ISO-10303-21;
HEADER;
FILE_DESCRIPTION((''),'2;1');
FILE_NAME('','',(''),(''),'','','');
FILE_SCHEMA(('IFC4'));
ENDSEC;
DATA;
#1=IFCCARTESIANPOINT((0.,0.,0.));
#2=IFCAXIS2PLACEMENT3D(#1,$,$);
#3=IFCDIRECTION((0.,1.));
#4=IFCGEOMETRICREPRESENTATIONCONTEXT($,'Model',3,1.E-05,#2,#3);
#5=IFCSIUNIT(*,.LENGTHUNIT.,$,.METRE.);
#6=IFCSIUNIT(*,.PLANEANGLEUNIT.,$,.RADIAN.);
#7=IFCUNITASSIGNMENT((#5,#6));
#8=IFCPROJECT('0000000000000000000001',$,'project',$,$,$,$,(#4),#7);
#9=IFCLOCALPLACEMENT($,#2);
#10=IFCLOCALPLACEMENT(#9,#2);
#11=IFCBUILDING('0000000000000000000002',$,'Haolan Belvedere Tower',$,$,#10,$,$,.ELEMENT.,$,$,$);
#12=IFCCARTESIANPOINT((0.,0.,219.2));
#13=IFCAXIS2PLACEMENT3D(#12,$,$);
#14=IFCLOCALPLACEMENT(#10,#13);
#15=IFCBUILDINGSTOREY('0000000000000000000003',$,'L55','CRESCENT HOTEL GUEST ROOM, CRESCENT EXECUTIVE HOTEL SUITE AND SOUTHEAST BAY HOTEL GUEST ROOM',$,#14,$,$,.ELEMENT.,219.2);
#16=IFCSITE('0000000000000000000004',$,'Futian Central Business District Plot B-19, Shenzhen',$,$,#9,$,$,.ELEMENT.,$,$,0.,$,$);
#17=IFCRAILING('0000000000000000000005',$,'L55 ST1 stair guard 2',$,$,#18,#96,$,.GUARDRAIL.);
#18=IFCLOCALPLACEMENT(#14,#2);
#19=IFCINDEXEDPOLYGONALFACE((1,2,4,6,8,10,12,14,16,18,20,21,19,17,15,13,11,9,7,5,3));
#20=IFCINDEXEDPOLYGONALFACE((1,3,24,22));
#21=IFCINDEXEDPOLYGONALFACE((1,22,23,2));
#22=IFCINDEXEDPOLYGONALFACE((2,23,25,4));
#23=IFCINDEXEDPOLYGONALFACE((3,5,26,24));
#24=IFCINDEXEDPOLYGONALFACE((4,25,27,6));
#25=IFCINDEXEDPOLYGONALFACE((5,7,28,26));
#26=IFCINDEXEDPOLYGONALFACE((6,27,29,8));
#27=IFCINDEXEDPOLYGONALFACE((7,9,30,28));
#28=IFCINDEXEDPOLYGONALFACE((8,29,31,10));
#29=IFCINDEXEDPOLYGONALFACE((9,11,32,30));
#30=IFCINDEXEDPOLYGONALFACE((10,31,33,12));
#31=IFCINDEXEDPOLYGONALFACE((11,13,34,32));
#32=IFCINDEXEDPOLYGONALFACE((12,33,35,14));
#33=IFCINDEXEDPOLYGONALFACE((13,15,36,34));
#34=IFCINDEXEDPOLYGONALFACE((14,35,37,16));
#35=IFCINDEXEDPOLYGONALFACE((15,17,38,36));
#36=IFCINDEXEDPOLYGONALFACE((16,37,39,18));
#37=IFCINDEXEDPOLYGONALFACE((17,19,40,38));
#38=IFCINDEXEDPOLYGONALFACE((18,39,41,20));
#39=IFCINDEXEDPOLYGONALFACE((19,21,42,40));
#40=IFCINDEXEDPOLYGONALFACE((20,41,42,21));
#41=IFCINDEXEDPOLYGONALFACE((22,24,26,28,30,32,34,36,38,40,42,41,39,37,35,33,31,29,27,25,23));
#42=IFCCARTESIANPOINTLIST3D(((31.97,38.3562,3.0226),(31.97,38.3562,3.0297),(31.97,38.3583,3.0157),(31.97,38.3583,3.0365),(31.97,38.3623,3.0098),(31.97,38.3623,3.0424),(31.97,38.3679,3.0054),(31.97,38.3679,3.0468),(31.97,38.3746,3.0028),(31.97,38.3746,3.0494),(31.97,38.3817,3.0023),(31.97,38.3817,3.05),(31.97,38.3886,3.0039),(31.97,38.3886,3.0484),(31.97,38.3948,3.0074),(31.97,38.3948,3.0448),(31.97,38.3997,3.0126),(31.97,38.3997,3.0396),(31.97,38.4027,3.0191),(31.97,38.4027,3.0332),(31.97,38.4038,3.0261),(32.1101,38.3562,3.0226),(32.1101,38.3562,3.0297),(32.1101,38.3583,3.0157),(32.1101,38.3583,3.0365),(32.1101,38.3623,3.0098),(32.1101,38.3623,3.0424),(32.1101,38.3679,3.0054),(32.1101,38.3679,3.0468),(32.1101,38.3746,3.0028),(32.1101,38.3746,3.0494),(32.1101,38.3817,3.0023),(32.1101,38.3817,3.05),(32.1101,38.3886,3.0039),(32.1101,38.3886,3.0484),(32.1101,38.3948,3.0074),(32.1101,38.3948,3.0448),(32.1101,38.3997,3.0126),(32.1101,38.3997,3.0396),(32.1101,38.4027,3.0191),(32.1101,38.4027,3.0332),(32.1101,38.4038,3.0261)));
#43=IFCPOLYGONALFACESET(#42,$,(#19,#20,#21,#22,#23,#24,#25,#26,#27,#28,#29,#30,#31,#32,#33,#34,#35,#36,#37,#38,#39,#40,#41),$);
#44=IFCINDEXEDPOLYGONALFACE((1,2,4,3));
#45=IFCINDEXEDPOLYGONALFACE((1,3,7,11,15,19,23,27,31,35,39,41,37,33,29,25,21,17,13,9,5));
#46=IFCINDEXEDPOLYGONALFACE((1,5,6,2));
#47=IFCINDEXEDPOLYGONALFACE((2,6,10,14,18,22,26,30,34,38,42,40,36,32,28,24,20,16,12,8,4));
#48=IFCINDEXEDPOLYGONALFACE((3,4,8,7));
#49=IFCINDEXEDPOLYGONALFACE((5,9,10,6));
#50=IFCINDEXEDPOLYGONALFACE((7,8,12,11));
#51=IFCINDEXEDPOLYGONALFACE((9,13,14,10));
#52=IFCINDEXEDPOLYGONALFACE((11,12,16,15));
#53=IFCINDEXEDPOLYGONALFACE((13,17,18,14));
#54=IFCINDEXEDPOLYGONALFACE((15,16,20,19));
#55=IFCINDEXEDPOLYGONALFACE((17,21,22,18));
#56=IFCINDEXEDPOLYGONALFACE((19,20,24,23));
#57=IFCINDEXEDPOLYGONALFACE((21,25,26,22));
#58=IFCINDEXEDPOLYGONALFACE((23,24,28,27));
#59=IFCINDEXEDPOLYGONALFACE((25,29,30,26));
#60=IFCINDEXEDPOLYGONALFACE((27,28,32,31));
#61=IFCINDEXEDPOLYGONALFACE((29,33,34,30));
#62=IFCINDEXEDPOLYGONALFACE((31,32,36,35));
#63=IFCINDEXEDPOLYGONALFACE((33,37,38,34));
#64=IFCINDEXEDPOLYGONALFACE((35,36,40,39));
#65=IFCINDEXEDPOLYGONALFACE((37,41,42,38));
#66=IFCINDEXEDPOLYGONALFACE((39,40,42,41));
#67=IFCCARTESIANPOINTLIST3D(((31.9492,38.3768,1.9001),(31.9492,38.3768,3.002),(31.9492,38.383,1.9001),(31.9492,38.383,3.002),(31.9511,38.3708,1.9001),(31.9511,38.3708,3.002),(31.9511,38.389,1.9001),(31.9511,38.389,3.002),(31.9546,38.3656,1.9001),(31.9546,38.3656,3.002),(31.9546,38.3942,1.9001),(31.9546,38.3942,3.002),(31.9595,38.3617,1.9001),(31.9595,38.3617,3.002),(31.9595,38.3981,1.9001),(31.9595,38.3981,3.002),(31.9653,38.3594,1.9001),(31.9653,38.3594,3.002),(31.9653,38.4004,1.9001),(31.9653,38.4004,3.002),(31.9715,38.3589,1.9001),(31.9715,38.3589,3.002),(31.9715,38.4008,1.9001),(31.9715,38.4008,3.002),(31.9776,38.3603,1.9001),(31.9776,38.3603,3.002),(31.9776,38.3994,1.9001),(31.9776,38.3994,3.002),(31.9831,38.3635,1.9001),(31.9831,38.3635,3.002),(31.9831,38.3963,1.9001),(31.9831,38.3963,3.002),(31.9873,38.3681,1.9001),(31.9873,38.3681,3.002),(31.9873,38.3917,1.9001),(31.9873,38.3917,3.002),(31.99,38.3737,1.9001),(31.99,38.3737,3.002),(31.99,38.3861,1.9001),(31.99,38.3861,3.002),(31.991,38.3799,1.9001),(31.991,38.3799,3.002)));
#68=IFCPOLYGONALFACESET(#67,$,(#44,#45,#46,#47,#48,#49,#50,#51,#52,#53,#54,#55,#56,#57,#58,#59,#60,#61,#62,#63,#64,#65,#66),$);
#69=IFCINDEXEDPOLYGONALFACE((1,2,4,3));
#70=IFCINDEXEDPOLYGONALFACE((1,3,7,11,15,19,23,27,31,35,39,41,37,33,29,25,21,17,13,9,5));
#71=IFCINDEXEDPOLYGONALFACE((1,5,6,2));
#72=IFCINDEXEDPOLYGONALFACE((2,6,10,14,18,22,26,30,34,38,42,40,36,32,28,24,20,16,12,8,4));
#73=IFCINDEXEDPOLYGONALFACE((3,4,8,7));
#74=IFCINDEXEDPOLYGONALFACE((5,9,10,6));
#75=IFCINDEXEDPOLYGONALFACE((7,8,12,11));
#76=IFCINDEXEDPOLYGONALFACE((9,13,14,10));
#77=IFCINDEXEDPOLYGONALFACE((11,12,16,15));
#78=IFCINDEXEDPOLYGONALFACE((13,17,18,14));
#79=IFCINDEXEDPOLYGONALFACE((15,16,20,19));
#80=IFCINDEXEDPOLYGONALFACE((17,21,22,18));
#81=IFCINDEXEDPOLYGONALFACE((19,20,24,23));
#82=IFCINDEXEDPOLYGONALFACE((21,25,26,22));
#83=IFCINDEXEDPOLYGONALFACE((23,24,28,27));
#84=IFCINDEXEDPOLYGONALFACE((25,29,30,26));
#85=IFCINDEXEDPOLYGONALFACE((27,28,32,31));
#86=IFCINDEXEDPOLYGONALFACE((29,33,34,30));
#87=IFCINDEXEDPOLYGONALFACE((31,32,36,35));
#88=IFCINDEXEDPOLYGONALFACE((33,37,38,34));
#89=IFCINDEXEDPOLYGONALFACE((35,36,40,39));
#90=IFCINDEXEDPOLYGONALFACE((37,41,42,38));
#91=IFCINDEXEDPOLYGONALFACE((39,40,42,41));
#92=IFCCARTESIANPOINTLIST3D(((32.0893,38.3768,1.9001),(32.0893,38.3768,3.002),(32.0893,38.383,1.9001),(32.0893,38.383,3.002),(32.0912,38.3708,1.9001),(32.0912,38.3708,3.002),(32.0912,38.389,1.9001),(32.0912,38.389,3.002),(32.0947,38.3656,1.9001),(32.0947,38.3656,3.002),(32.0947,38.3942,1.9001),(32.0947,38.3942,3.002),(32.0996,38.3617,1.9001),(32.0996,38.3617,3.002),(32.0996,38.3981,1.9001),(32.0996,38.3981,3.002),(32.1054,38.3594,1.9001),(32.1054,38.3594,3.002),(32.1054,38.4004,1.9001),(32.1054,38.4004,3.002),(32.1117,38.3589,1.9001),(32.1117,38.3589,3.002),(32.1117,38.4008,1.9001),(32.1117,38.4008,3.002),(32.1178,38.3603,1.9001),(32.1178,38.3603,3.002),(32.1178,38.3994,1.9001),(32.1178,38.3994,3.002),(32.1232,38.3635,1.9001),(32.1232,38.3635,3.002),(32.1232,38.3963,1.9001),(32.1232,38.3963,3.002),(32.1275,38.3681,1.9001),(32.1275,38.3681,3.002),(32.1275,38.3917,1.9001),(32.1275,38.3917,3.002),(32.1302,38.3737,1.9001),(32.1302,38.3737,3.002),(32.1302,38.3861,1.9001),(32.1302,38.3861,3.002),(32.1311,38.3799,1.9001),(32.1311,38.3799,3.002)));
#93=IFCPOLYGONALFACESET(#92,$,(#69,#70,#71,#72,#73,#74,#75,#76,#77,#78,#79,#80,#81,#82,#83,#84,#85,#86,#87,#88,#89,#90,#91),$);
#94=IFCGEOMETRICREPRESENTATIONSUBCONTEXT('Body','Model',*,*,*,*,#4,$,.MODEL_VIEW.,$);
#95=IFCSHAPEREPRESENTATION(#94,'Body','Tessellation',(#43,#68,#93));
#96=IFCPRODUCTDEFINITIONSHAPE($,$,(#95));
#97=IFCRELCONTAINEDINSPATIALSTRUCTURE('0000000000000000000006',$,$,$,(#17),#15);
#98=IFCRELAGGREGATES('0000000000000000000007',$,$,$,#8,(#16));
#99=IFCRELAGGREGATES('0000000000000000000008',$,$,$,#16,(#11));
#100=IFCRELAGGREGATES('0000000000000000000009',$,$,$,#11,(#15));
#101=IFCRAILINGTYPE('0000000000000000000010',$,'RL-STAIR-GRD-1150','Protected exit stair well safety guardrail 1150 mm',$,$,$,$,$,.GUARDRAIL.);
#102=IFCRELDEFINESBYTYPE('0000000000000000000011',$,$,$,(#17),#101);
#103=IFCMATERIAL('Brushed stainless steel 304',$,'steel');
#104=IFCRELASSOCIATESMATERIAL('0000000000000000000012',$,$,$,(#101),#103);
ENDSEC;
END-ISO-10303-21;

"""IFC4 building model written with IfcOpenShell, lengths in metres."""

from ifc_helpers import new_model, si_unit, direction, frame, origin, origin_2d, place, context, subcontext, project, spatial, circle, extrude, material, type_object, element, save


model = new_model("IFC4")

# Units and contexts
model_context = context("Model", 3, precision=1e-05, world=origin(), true_north=direction((0.0, 1.0)))
body_context = subcontext(model_context, "Body", "Model", "MODEL_VIEW")
ifc_project = project(units=[si_unit("LENGTHUNIT", "METRE"), si_unit("PLANEANGLEUNIT", "RADIAN")], contexts=[model_context])

# Site, building, storey
site_placement = place(None, origin())
site = spatial("IfcSite", under=ifc_project, at=site_placement, Name="Futian Central Business District Plot B-19, Shenzhen", CompositionType="ELEMENT", RefElevation=0.0)
building_placement = place(site_placement, origin())
building = spatial("IfcBuilding", under=site, at=building_placement, Name="Haolan Belvedere Tower", CompositionType="ELEMENT")
storey_placement = place(building_placement, frame((0.0, 0.0, 219.2)))
storey = spatial("IfcBuildingStorey", under=building, at=storey_placement, Name="L55", Description="CRESCENT HOTEL GUEST ROOM, CRESCENT EXECUTIVE HOTEL SUITE AND SOUTHEAST BAY HOTEL GUEST ROOM", CompositionType="ELEMENT", Elevation=219.2)

# Railing
ifc_material_1 = material(Name="Brushed stainless steel 304", Category="steel")
railing_type_1 = type_object("IfcRailingType", Name="RL-STAIR-GRD-1150", Description="Protected exit stair well safety guardrail 1150 mm", PredefinedType="GUARDRAIL", material=ifc_material_1)
railing_1_placement = place(storey_placement, frame((31.97, 38.3799, 1.9001)))
element("IfcRailing", 1, at=railing_1_placement, inside=storey, type_object=railing_type_1, Name="L55 ST1 stair guard 2", PredefinedType="GUARDRAIL", context=body_context, shape_type="SweptSolid", body=[
    extrude(circle(Radius=0.0239, at=origin_2d()), frame((0.0, 0.0, 1.126), z_axis=(1.0, 0.0, 0.0), x_axis=(0.0, 1.0, 0.0)), (0.0, 0.0, 1.0), 0.1401),
    extrude(circle(Radius=0.021, at=origin_2d()), origin(), (0.0, 0.0, 1.0), 1.1018),
    extrude(circle(Radius=0.021, at=origin_2d()), frame((0.1401, 0.0, 0.0)), (0.0, 0.0, 1.0), 1.1018),
])

save(model, "model.ifc")
